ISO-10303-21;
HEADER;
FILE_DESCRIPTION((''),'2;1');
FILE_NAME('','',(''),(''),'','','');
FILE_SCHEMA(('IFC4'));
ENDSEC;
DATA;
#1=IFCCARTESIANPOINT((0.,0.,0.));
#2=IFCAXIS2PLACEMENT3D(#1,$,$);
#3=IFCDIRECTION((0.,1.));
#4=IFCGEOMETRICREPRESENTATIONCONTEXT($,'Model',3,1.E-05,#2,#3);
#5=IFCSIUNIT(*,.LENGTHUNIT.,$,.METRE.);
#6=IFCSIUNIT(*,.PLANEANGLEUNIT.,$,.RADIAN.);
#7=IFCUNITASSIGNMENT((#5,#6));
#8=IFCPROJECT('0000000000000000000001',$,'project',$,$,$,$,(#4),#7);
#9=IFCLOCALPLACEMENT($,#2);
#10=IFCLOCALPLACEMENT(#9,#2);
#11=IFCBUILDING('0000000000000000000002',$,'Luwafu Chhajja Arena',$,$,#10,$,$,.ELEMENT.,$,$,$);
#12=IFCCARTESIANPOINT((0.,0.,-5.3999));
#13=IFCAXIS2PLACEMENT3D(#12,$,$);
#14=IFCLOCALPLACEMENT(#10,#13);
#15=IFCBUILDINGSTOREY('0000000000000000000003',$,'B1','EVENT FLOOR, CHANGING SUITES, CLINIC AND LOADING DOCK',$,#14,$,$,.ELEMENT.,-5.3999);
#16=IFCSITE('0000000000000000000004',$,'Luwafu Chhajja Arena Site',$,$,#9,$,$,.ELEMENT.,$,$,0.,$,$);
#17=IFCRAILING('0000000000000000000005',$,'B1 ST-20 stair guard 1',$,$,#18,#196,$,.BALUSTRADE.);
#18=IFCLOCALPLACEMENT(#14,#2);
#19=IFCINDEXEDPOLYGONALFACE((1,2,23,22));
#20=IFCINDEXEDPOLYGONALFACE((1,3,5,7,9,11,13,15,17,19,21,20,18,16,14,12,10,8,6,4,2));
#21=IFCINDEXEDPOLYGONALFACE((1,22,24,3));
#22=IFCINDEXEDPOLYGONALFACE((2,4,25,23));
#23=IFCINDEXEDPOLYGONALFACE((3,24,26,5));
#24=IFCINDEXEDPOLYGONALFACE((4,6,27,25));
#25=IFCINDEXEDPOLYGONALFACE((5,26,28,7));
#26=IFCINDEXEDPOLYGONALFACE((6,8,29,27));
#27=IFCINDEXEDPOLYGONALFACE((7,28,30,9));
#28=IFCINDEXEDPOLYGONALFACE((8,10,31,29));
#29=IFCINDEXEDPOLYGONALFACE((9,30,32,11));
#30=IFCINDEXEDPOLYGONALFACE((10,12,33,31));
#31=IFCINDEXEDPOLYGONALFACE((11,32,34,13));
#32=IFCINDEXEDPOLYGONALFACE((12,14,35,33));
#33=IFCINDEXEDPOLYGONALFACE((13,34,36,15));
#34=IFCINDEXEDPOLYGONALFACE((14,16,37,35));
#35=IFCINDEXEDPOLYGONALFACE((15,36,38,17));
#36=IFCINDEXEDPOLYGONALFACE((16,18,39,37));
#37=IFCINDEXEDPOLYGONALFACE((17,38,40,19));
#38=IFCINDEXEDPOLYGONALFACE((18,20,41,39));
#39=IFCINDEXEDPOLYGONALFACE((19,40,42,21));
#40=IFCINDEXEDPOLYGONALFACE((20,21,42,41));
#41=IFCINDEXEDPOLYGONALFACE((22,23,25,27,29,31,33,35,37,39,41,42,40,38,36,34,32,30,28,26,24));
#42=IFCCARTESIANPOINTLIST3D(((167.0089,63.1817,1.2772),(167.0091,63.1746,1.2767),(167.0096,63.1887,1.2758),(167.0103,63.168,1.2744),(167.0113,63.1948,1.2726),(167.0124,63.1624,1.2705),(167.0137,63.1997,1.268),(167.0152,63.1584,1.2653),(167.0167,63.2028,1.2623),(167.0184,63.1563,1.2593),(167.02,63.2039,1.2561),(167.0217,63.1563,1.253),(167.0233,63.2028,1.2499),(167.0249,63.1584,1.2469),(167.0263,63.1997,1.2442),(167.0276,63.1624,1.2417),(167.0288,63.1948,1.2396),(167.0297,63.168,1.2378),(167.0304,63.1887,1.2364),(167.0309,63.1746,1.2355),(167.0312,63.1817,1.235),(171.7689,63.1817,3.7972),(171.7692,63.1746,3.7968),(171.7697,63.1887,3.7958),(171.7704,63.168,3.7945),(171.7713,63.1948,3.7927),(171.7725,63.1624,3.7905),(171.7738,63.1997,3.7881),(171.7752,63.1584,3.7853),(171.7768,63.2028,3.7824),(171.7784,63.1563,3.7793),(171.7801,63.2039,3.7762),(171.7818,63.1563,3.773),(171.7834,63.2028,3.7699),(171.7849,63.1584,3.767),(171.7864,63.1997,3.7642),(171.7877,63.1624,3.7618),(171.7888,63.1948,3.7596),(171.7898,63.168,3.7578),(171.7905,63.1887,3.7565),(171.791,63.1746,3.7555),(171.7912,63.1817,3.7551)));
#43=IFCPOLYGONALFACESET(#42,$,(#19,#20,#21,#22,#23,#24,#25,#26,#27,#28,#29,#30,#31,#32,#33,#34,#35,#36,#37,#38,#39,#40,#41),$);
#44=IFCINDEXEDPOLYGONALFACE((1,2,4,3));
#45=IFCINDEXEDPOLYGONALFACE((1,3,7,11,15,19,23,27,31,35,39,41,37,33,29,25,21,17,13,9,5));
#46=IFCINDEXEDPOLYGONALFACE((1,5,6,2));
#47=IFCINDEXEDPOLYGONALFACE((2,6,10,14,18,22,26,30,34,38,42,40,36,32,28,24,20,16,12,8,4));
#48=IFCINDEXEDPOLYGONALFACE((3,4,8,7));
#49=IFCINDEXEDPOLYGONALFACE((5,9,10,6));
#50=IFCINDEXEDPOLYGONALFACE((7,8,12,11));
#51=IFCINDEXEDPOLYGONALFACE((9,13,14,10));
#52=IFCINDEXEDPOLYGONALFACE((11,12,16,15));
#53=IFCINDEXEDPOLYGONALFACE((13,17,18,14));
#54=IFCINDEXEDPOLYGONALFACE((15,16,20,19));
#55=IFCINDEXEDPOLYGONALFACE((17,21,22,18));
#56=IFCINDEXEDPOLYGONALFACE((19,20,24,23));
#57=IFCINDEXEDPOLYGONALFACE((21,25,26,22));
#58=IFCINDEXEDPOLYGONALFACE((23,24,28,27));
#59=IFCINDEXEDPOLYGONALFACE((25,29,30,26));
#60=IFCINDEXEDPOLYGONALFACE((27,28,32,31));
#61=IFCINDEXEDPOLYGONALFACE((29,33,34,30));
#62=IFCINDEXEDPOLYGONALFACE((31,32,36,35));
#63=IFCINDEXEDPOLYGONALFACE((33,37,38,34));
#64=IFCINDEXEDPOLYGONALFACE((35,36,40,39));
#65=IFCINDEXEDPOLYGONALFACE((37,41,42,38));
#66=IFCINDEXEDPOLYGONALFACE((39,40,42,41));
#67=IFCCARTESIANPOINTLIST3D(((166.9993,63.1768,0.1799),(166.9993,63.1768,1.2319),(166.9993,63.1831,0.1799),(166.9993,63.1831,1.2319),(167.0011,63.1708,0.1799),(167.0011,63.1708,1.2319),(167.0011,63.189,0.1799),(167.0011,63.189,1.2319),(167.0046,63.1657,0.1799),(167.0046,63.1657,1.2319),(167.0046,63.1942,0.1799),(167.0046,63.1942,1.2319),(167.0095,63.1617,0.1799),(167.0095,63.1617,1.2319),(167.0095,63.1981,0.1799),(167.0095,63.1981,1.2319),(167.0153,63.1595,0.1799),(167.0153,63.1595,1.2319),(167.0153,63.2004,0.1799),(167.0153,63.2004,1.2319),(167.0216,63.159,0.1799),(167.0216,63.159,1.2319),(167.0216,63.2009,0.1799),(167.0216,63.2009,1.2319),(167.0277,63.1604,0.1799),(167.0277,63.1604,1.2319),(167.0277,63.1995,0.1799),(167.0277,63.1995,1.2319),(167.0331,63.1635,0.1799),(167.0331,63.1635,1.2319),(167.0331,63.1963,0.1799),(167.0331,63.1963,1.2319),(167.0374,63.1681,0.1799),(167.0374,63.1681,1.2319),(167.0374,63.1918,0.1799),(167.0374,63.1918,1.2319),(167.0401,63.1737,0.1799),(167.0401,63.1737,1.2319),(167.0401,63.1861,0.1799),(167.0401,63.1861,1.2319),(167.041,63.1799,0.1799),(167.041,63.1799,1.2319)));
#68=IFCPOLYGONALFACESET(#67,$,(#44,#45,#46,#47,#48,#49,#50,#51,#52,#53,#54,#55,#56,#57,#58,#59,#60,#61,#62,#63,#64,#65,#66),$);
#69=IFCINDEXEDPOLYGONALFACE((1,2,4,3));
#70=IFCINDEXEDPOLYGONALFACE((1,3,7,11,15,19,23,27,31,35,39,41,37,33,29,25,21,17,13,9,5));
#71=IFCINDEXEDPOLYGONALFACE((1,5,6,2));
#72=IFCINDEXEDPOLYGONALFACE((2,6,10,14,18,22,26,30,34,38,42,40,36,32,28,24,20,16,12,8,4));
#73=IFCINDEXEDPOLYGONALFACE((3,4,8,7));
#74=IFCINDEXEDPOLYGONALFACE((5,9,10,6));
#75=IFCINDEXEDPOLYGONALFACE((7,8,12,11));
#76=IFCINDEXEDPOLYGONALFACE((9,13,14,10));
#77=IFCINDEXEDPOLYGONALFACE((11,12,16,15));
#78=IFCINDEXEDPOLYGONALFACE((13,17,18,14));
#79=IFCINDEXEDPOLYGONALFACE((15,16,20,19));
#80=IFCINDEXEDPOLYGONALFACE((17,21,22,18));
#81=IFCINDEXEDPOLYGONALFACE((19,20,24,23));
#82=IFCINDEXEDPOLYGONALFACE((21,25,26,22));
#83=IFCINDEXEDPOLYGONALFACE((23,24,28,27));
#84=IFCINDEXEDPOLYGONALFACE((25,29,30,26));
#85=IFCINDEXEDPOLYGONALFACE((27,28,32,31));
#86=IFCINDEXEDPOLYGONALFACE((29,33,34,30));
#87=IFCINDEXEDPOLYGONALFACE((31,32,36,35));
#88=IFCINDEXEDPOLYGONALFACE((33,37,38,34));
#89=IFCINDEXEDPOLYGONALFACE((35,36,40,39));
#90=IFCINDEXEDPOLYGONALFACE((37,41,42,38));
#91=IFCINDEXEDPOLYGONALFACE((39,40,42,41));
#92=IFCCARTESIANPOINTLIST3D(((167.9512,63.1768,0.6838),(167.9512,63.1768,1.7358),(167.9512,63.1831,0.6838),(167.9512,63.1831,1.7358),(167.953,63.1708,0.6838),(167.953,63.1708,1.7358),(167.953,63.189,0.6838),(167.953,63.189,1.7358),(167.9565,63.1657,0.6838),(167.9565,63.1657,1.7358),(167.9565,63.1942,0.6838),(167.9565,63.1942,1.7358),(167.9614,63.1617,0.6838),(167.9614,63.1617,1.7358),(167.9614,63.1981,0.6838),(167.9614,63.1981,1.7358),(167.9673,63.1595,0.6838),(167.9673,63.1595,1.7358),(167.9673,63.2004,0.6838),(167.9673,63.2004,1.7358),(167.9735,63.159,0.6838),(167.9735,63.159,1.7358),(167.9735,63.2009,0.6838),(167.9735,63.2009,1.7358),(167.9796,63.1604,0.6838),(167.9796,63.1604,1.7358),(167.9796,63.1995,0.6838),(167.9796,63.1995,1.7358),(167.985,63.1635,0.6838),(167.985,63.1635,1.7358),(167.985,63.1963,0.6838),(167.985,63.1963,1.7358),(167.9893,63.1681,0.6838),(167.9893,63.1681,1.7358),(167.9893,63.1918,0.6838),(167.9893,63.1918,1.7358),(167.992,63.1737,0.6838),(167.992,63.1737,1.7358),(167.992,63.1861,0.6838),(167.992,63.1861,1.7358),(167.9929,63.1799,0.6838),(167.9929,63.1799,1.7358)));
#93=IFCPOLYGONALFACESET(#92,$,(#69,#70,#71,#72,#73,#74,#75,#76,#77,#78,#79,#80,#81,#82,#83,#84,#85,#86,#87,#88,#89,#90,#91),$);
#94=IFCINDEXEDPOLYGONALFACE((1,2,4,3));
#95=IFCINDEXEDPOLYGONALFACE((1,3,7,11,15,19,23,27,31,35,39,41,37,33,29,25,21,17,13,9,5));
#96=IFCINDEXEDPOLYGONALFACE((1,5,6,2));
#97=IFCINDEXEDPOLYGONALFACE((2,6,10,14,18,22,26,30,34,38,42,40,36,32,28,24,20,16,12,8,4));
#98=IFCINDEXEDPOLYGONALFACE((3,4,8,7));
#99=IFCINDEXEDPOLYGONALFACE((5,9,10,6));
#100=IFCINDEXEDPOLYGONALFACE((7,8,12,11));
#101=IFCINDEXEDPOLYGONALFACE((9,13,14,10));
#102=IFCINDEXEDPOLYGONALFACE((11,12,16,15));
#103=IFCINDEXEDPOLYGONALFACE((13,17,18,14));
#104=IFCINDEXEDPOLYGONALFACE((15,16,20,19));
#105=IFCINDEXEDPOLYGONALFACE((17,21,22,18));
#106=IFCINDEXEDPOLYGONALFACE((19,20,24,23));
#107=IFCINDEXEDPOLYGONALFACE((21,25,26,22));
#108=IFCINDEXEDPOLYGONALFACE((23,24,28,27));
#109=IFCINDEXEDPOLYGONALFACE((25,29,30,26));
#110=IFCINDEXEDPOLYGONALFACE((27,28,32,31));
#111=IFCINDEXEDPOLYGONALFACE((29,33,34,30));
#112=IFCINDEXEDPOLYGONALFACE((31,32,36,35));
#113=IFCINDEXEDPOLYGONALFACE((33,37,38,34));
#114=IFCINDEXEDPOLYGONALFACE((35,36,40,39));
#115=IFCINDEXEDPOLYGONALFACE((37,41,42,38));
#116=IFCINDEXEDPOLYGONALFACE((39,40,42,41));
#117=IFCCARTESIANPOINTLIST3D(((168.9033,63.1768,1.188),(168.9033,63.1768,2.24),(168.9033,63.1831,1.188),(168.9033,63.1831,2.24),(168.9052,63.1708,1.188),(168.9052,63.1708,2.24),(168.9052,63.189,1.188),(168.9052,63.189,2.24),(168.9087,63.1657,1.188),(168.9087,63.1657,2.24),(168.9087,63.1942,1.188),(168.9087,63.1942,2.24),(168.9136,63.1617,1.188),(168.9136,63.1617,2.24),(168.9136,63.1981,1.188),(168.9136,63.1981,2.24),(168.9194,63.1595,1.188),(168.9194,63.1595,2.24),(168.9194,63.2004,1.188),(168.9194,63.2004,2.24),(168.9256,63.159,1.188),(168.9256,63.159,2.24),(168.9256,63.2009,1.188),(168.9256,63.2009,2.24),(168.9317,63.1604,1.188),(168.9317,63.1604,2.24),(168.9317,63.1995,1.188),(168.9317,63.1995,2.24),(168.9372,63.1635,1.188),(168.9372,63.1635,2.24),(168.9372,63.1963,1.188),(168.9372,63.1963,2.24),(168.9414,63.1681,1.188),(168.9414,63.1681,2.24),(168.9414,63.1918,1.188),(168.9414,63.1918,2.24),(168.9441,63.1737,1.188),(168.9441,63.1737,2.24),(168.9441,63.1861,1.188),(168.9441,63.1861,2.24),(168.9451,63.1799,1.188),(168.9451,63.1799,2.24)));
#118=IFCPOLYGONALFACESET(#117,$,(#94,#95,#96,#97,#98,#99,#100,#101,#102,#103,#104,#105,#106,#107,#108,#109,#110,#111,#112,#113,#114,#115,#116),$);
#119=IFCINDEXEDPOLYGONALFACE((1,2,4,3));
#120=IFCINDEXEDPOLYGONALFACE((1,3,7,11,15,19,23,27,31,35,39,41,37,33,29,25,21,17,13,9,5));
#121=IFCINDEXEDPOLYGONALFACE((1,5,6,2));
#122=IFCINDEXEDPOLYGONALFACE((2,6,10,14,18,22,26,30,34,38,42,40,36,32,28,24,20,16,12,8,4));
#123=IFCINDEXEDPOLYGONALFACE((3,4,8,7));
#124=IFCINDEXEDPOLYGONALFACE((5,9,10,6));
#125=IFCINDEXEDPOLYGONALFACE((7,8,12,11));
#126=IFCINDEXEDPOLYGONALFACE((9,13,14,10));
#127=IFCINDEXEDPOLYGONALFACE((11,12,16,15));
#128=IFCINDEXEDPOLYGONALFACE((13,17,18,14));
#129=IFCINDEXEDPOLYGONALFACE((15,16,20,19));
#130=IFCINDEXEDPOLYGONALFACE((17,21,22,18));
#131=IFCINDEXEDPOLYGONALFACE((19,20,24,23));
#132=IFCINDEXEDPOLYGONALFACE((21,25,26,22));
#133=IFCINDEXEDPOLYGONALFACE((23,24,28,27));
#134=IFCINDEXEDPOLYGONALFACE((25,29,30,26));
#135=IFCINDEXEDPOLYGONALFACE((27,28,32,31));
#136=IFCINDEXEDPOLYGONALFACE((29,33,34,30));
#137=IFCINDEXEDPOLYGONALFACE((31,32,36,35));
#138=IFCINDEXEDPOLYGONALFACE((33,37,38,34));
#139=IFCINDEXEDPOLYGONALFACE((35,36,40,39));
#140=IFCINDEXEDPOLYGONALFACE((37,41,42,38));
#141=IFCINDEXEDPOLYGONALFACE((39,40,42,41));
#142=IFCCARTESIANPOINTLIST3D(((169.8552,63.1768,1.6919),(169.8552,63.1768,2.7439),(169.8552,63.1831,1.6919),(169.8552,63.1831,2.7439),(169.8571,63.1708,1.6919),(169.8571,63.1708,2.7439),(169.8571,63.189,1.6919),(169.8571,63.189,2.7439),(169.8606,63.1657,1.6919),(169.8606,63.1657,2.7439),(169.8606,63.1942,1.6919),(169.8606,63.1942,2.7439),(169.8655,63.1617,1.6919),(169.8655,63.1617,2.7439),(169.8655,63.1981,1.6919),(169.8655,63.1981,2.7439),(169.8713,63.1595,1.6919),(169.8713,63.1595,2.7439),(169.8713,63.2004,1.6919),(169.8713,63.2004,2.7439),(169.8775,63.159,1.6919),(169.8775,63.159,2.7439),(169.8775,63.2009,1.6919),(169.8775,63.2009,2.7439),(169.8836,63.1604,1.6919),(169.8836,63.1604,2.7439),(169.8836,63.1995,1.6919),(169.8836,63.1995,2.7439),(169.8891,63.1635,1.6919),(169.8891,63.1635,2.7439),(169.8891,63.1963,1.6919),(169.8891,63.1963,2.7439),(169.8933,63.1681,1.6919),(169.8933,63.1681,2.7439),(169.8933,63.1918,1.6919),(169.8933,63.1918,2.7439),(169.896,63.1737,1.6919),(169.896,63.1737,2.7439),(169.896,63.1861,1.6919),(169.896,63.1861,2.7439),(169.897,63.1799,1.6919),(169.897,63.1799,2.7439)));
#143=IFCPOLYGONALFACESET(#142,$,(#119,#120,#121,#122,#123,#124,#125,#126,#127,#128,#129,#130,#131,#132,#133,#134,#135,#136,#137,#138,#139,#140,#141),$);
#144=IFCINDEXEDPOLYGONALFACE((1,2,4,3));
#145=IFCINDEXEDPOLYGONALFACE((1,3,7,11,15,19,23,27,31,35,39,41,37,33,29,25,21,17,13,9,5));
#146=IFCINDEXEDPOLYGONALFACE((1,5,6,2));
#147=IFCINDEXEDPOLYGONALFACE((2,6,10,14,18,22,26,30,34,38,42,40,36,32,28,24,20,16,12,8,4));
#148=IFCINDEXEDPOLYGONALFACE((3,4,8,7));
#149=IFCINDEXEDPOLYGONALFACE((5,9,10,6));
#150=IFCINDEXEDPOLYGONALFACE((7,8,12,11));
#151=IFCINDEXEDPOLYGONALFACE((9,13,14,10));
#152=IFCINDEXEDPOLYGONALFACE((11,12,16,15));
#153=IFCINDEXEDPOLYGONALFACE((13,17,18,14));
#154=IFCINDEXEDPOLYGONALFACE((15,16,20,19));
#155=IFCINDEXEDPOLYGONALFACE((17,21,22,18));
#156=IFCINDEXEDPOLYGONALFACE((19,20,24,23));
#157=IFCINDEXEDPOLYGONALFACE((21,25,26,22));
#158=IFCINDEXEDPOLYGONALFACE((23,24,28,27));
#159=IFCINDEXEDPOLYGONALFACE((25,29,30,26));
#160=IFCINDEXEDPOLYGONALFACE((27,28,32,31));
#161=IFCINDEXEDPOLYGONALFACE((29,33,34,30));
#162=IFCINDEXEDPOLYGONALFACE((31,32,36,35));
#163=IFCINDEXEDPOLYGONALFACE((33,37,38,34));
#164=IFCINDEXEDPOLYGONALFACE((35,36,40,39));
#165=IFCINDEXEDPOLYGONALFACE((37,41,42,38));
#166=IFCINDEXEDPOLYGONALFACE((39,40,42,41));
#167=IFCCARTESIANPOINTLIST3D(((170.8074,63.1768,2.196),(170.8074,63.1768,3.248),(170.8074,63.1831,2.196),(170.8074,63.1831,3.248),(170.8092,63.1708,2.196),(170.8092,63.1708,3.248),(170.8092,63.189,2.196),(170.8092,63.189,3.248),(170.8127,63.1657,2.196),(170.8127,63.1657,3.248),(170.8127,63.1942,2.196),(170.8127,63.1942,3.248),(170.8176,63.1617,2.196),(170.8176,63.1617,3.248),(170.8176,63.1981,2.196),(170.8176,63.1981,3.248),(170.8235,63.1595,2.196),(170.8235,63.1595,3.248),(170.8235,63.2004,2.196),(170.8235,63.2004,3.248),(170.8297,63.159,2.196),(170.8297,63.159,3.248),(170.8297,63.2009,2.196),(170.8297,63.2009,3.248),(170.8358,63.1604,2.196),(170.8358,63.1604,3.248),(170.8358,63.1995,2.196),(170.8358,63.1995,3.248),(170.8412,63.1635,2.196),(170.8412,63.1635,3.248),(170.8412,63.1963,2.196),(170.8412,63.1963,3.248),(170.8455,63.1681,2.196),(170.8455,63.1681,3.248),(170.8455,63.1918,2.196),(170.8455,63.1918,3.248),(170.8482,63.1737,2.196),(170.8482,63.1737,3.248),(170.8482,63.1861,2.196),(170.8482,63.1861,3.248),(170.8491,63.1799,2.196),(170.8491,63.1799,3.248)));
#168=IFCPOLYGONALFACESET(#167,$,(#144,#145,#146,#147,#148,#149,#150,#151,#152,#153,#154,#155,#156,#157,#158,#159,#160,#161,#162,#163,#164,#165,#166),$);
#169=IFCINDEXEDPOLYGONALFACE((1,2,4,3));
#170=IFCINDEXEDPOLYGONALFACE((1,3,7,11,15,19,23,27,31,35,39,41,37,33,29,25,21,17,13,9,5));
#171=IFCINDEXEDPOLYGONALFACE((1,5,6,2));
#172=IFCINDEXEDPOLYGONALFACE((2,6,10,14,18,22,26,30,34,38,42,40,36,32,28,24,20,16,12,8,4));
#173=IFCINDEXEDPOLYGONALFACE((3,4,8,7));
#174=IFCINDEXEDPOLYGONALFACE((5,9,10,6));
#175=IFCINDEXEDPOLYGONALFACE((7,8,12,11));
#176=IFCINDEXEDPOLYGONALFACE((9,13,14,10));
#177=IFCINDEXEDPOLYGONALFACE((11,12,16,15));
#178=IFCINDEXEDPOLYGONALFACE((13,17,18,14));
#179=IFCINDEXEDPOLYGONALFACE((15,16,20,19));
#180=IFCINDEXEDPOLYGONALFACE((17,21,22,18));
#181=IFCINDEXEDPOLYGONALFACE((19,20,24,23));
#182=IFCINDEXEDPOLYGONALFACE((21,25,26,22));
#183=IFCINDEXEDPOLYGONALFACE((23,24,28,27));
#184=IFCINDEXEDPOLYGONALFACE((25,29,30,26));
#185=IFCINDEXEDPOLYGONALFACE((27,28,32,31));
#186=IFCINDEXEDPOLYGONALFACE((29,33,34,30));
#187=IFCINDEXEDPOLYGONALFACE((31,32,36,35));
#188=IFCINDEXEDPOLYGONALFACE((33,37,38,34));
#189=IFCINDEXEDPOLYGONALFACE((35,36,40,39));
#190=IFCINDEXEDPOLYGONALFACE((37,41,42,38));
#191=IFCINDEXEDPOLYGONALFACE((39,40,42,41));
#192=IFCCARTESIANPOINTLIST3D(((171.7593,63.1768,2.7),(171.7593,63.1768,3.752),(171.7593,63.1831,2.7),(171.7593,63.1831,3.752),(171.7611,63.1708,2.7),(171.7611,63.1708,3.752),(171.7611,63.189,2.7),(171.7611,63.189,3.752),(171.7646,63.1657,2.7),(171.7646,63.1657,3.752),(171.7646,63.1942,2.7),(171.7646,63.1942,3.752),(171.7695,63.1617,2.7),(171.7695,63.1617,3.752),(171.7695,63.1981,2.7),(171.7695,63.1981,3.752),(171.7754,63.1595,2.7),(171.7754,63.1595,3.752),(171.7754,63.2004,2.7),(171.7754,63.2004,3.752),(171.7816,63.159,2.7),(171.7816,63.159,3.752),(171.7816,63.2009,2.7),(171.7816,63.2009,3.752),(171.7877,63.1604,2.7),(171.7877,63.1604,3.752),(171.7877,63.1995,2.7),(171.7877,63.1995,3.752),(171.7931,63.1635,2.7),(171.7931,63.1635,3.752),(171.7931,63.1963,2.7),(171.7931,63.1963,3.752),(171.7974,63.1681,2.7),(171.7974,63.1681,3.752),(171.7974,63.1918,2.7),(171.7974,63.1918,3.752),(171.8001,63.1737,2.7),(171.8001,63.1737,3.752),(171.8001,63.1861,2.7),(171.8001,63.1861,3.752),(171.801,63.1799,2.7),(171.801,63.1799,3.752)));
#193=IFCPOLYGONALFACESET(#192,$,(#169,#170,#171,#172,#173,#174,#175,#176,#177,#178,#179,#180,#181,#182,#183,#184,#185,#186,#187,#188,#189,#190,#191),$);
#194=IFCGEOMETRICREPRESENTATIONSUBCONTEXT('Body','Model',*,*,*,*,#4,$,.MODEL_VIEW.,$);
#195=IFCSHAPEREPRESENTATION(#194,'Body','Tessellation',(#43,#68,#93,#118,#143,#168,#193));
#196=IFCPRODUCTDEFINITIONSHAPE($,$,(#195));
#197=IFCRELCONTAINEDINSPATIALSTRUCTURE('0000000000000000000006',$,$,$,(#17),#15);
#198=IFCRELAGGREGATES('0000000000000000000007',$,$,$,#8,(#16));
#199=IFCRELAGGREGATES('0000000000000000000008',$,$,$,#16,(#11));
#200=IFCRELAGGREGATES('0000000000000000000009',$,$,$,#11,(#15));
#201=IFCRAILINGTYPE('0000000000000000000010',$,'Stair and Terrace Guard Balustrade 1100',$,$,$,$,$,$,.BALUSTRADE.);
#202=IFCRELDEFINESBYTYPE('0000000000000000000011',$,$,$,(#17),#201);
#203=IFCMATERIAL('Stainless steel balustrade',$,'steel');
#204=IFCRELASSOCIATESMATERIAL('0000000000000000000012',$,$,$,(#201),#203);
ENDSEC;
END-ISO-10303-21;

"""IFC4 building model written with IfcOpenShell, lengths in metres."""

from ifc_helpers import new_model, si_unit, direction, frame, origin, origin_2d, place, context, subcontext, project, spatial, circle, extrude, material, type_object, element, save


model = new_model("IFC4")

# Units and contexts
model_context = context("Model", 3, precision=1e-05, world=origin(), true_north=direction((0.0, 1.0)))
body_context = subcontext(model_context, "Body", "Model", "MODEL_VIEW")
ifc_project = project(units=[si_unit("LENGTHUNIT", "METRE"), si_unit("PLANEANGLEUNIT", "RADIAN")], contexts=[model_context])

# Site, building, storey
site_placement = place(None, origin())
site = spatial("IfcSite", under=ifc_project, at=site_placement, Name="Luwafu Chhajja Arena Site", CompositionType="ELEMENT", RefElevation=0.0)
building_placement = place(site_placement, origin())
building = spatial("IfcBuilding", under=site, at=building_placement, Name="Luwafu Chhajja Arena", CompositionType="ELEMENT")
storey_placement = place(building_placement, frame((0.0, 0.0, -5.3999)))
storey = spatial("IfcBuildingStorey", under=building, at=storey_placement, Name="B1", Description="EVENT FLOOR, CHANGING SUITES, CLINIC AND LOADING DOCK", CompositionType="ELEMENT", Elevation=-5.3999)

# Railing
ifc_material_1 = material(Name="Stainless steel balustrade", Category="steel")
railing_type_1 = type_object("IfcRailingType", Name="Stair and Terrace Guard Balustrade 1100", PredefinedType="BALUSTRADE", material=ifc_material_1)
railing_1_placement = place(storey_placement, frame((167.02, 63.1799, 0.1799)))
element("IfcRailing", 1, at=railing_1_placement, inside=storey, type_object=railing_type_1, Name="B1 ST-20 stair guard 1", PredefinedType="BALUSTRADE", context=body_context, shape_type="SweptSolid", body=[
    extrude(circle(Radius=0.0239, at=origin_2d()), frame((0.0, 0.0, 1.0762), z_axis=(0.883787, 0.0, 0.46789), x_axis=(0.0, 1.0, 0.0)), (0.0, 0.0, 1.0), 5.386),
    extrude(circle(Radius=0.021, at=origin_2d()), origin(), (0.0, 0.0, 1.0), 1.052),
    extrude(circle(Radius=0.021, at=origin_2d()), frame((0.9519, 0.0, 0.5039)), (0.0, 0.0, 1.0), 1.052),
    extrude(circle(Radius=0.021, at=origin_2d()), frame((1.9041, 0.0, 1.0081)), (0.0, 0.0, 1.0), 1.052),
    extrude(circle(Radius=0.021, at=origin_2d()), frame((2.856, 0.0, 1.512)), (0.0, 0.0, 1.0), 1.052),
    extrude(circle(Radius=0.021, at=origin_2d()), frame((3.8081, 0.0, 2.0161)), (0.0, 0.0, 1.0), 1.052),
    extrude(circle(Radius=0.021, at=origin_2d()), frame((4.76, 0.0, 2.52)), (0.0, 0.0, 1.0), 1.052),
])

save(model, "model.ifc")
